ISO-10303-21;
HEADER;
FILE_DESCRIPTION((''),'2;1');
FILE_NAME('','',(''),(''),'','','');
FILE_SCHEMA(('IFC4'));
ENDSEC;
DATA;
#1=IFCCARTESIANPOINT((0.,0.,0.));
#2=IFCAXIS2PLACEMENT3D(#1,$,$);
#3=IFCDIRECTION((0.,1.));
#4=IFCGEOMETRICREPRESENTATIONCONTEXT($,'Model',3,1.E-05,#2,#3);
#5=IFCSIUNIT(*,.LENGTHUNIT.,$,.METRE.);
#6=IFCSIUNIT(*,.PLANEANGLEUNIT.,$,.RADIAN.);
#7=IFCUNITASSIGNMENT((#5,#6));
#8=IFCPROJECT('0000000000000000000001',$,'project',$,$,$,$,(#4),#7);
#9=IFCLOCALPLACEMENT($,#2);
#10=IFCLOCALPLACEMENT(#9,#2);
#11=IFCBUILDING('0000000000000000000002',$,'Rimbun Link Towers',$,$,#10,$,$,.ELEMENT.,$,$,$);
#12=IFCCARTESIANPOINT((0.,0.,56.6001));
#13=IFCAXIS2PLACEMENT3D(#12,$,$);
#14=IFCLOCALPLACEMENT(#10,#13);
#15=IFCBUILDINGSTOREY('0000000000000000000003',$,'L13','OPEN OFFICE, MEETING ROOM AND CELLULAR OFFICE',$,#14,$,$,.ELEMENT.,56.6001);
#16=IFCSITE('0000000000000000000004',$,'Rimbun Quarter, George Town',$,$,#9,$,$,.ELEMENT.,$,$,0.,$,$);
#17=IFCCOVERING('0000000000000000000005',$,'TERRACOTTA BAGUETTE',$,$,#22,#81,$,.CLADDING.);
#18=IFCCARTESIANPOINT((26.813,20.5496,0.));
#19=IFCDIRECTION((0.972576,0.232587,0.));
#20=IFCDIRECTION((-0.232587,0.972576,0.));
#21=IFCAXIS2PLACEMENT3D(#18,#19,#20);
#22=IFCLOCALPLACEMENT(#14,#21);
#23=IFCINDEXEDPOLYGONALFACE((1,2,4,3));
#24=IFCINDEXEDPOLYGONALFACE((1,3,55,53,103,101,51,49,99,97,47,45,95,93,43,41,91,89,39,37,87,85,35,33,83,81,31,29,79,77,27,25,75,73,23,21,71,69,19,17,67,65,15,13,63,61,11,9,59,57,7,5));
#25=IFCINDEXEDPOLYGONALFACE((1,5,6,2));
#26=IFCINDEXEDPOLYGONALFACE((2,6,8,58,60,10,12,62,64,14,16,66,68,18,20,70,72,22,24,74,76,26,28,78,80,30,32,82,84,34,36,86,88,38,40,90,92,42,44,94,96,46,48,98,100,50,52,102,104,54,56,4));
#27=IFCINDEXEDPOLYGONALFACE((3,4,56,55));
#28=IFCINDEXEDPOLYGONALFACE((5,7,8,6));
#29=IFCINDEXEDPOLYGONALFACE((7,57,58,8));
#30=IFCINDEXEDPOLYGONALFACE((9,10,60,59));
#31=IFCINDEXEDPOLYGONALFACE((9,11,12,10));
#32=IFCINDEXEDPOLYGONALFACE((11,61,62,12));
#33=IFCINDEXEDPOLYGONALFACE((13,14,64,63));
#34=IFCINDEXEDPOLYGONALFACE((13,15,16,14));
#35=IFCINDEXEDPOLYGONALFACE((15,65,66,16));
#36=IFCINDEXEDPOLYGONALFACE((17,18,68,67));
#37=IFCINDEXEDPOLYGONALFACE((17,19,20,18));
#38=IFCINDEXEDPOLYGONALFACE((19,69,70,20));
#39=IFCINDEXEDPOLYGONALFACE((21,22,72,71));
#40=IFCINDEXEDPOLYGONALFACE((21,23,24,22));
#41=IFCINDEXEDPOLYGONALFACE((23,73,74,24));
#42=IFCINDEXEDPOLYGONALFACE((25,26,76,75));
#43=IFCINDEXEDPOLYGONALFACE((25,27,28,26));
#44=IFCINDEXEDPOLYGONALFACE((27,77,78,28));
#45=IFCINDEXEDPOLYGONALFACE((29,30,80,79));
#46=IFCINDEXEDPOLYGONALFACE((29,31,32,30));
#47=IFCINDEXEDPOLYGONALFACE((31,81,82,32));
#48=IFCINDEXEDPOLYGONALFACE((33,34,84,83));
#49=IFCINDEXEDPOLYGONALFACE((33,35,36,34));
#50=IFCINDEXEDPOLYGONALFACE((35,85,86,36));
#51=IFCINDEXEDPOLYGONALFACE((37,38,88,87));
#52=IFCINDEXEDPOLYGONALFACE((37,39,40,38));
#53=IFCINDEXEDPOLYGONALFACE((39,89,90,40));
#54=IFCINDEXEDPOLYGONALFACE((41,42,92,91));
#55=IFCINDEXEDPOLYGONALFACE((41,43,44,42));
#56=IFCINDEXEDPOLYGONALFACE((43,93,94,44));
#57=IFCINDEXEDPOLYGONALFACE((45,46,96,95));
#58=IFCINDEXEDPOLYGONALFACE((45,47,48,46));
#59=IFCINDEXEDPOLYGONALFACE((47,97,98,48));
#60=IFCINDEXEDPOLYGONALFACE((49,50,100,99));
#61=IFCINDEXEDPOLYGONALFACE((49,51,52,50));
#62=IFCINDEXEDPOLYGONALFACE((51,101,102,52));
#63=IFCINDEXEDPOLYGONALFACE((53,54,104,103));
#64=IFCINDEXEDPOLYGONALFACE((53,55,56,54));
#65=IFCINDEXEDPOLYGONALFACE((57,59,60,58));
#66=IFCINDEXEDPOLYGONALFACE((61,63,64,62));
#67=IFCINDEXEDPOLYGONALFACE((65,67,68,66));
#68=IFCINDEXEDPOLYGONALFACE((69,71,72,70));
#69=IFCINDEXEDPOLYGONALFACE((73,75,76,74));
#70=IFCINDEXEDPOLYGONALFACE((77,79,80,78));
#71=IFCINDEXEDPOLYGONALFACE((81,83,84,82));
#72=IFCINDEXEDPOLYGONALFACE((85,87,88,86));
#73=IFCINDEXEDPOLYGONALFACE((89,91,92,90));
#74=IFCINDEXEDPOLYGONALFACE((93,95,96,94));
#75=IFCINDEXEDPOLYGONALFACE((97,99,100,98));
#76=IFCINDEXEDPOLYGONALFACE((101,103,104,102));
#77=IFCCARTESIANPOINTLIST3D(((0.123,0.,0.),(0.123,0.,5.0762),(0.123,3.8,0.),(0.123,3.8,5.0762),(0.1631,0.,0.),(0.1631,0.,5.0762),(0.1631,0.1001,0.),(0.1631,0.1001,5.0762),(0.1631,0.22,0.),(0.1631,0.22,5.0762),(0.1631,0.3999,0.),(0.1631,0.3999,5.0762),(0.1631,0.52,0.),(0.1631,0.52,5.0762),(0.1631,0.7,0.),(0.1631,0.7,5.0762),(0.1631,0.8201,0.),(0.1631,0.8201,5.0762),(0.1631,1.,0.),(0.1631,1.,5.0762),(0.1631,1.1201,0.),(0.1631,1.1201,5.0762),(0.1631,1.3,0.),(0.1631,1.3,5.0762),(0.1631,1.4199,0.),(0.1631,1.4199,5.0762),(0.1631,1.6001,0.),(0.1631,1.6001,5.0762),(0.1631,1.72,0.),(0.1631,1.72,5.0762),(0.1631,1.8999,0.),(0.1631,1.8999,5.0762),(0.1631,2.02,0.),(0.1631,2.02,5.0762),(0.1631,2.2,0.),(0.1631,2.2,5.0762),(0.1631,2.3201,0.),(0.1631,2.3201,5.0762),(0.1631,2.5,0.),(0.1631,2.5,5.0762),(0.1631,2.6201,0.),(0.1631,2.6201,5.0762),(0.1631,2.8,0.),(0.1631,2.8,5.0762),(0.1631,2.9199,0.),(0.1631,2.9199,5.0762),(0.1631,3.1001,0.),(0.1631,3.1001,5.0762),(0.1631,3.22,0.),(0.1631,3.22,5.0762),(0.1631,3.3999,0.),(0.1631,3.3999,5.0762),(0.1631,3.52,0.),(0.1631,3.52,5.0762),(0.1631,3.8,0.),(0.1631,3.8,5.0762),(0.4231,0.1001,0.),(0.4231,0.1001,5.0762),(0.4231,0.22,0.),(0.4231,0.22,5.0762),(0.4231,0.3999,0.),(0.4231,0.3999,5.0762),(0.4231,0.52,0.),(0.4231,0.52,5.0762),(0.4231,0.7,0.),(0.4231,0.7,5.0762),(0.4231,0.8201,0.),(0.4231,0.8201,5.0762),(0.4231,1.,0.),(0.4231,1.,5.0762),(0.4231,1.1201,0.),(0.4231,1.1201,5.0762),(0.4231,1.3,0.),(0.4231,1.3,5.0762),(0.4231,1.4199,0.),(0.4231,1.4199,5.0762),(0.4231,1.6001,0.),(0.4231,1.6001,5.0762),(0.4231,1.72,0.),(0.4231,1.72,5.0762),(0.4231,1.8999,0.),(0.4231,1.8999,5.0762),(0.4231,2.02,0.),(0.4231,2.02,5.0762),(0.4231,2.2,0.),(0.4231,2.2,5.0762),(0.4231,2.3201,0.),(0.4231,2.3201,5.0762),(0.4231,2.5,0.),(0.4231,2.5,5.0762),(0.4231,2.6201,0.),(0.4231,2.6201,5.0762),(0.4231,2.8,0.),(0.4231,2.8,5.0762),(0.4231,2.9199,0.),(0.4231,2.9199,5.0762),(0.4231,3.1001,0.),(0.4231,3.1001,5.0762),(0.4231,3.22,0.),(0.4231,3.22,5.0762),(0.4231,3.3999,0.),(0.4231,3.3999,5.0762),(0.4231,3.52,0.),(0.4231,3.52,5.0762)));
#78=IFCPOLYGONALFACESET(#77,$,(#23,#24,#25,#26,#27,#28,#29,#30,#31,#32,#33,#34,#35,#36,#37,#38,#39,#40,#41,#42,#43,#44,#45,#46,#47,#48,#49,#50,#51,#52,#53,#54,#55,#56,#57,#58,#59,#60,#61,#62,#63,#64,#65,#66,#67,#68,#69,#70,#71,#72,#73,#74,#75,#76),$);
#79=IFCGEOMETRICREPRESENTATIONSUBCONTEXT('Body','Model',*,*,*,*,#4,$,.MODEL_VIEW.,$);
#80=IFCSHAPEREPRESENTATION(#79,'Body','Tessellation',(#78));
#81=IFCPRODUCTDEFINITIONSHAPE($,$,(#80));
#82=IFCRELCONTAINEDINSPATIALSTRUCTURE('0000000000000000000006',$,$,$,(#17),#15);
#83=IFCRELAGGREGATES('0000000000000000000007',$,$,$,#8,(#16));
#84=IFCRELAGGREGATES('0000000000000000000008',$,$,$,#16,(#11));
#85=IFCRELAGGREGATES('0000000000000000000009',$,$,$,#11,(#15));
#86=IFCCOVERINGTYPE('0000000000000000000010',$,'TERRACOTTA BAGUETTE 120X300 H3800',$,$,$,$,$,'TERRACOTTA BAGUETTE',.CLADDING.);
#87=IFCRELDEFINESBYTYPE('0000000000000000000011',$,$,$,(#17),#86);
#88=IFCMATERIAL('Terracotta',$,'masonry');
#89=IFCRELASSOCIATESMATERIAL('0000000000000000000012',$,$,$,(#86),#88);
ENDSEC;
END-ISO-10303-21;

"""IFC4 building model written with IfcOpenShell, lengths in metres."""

from ifc_helpers import new_model, si_unit, direction, frame, origin, place, context, subcontext, project, spatial, polyline, outline, extrude, material, material_profile, profile_set, type_object, element, save


model = new_model("IFC4")

# Units and contexts
model_context = context("Model", 3, precision=1e-05, world=origin(), true_north=direction((0.0, 1.0)))
body_context = subcontext(model_context, "Body", "Model", "MODEL_VIEW")
ifc_project = project(units=[si_unit("LENGTHUNIT", "METRE"), si_unit("PLANEANGLEUNIT", "RADIAN")], contexts=[model_context])

# Site, building, storey
site_placement = place(None, origin())
site = spatial("IfcSite", under=ifc_project, at=site_placement, Name="Rimbun Quarter, George Town", CompositionType="ELEMENT", RefElevation=0.0)
building_placement = place(site_placement, origin())
building = spatial("IfcBuilding", under=site, at=building_placement, Name="Rimbun Link Towers", CompositionType="ELEMENT")
storey_placement = place(building_placement, frame((0.0, 0.0, 56.6001)))
storey = spatial("IfcBuildingStorey", under=building, at=storey_placement, Name="L13", Description="OPEN OFFICE, MEETING ROOM AND CELLULAR OFFICE", CompositionType="ELEMENT", Elevation=56.6001)

# Covering
ifc_material_1 = material(Name="Terracotta", Category="masonry")
ifc_material_profile_1 = material_profile(ifc_material_1, outline(polyline([(0.123, 0.0), (0.1631, 0.0), (0.1631, 0.1001), (0.4231, 0.1001), (0.4231, 0.22), (0.1631, 0.22), (0.1631, 0.3999), (0.4231, 0.3999), (0.4231, 0.52), (0.1631, 0.52), (0.1631, 0.7), (0.4231, 0.7), (0.4231, 0.8201), (0.1631, 0.8201), (0.1631, 1.0), (0.4231, 1.0), (0.4231, 1.1201), (0.1631, 1.1201), (0.1631, 1.3), (0.4231, 1.3), (0.4231, 1.4199), (0.1631, 1.4199), (0.1631, 1.6001), (0.4231, 1.6001), (0.4231, 1.72), (0.1631, 1.72), (0.1631, 1.8999), (0.4231, 1.8999), (0.4231, 2.02), (0.1631, 2.02), (0.1631, 2.2), (0.4231, 2.2), (0.4231, 2.3201), (0.1631, 2.3201), (0.1631, 2.5), (0.4231, 2.5), (0.4231, 2.6201), (0.1631, 2.6201), (0.1631, 2.8), (0.4231, 2.8), (0.4231, 2.9199), (0.1631, 2.9199), (0.1631, 3.1001), (0.4231, 3.1001), (0.4231, 3.22), (0.1631, 3.22), (0.1631, 3.3999), (0.4231, 3.3999), (0.4231, 3.52), (0.1631, 3.52), (0.1631, 3.8), (0.123, 3.8), (0.123, 0.0)])), Name="BAGUETTE 120X300")
ifc_profile_set_1 = profile_set([ifc_material_profile_1], Name="Terracotta")
covering_type = type_object("IfcCoveringType", Name="TERRACOTTA BAGUETTE 120X300 H3800", ElementType="TERRACOTTA BAGUETTE", PredefinedType="CLADDING", material=ifc_profile_set_1)
covering_1_placement = place(storey_placement, frame((26.813, 20.5496, 0.0), z_axis=(0.972576, 0.232587, 0.0), x_axis=(-0.232587, 0.972576, 0.0)))
element("IfcCovering", 1, at=covering_1_placement, inside=storey, type_object=covering_type, Name="TERRACOTTA BAGUETTE", PredefinedType="CLADDING", context=body_context, shape_type="SweptSolid", body=[
    extrude(outline(polyline([(0.123, 0.0), (0.1631, 0.0), (0.1631, 0.1001), (0.4231, 0.1001), (0.4231, 0.22), (0.1631, 0.22), (0.1631, 0.3999), (0.4231, 0.3999), (0.4231, 0.52), (0.1631, 0.52), (0.1631, 0.7), (0.4231, 0.7), (0.4231, 0.8201), (0.1631, 0.8201), (0.1631, 1.0), (0.4231, 1.0), (0.4231, 1.1201), (0.1631, 1.1201), (0.1631, 1.3), (0.4231, 1.3), (0.4231, 1.4199), (0.1631, 1.4199), (0.1631, 1.6001), (0.4231, 1.6001), (0.4231, 1.72), (0.1631, 1.72), (0.1631, 1.8999), (0.4231, 1.8999), (0.4231, 2.02), (0.1631, 2.02), (0.1631, 2.2), (0.4231, 2.2), (0.4231, 2.3201), (0.1631, 2.3201), (0.1631, 2.5), (0.4231, 2.5), (0.4231, 2.6201), (0.1631, 2.6201), (0.1631, 2.8), (0.4231, 2.8), (0.4231, 2.9199), (0.1631, 2.9199), (0.1631, 3.1001), (0.4231, 3.1001), (0.4231, 3.22), (0.1631, 3.22), (0.1631, 3.3999), (0.4231, 3.3999), (0.4231, 3.52), (0.1631, 3.52), (0.1631, 3.8), (0.123, 3.8), (0.123, 0.0)])), origin(), (0.0, 0.0, 1.0), 5.0762),
])

save(model, "model.ifc")
